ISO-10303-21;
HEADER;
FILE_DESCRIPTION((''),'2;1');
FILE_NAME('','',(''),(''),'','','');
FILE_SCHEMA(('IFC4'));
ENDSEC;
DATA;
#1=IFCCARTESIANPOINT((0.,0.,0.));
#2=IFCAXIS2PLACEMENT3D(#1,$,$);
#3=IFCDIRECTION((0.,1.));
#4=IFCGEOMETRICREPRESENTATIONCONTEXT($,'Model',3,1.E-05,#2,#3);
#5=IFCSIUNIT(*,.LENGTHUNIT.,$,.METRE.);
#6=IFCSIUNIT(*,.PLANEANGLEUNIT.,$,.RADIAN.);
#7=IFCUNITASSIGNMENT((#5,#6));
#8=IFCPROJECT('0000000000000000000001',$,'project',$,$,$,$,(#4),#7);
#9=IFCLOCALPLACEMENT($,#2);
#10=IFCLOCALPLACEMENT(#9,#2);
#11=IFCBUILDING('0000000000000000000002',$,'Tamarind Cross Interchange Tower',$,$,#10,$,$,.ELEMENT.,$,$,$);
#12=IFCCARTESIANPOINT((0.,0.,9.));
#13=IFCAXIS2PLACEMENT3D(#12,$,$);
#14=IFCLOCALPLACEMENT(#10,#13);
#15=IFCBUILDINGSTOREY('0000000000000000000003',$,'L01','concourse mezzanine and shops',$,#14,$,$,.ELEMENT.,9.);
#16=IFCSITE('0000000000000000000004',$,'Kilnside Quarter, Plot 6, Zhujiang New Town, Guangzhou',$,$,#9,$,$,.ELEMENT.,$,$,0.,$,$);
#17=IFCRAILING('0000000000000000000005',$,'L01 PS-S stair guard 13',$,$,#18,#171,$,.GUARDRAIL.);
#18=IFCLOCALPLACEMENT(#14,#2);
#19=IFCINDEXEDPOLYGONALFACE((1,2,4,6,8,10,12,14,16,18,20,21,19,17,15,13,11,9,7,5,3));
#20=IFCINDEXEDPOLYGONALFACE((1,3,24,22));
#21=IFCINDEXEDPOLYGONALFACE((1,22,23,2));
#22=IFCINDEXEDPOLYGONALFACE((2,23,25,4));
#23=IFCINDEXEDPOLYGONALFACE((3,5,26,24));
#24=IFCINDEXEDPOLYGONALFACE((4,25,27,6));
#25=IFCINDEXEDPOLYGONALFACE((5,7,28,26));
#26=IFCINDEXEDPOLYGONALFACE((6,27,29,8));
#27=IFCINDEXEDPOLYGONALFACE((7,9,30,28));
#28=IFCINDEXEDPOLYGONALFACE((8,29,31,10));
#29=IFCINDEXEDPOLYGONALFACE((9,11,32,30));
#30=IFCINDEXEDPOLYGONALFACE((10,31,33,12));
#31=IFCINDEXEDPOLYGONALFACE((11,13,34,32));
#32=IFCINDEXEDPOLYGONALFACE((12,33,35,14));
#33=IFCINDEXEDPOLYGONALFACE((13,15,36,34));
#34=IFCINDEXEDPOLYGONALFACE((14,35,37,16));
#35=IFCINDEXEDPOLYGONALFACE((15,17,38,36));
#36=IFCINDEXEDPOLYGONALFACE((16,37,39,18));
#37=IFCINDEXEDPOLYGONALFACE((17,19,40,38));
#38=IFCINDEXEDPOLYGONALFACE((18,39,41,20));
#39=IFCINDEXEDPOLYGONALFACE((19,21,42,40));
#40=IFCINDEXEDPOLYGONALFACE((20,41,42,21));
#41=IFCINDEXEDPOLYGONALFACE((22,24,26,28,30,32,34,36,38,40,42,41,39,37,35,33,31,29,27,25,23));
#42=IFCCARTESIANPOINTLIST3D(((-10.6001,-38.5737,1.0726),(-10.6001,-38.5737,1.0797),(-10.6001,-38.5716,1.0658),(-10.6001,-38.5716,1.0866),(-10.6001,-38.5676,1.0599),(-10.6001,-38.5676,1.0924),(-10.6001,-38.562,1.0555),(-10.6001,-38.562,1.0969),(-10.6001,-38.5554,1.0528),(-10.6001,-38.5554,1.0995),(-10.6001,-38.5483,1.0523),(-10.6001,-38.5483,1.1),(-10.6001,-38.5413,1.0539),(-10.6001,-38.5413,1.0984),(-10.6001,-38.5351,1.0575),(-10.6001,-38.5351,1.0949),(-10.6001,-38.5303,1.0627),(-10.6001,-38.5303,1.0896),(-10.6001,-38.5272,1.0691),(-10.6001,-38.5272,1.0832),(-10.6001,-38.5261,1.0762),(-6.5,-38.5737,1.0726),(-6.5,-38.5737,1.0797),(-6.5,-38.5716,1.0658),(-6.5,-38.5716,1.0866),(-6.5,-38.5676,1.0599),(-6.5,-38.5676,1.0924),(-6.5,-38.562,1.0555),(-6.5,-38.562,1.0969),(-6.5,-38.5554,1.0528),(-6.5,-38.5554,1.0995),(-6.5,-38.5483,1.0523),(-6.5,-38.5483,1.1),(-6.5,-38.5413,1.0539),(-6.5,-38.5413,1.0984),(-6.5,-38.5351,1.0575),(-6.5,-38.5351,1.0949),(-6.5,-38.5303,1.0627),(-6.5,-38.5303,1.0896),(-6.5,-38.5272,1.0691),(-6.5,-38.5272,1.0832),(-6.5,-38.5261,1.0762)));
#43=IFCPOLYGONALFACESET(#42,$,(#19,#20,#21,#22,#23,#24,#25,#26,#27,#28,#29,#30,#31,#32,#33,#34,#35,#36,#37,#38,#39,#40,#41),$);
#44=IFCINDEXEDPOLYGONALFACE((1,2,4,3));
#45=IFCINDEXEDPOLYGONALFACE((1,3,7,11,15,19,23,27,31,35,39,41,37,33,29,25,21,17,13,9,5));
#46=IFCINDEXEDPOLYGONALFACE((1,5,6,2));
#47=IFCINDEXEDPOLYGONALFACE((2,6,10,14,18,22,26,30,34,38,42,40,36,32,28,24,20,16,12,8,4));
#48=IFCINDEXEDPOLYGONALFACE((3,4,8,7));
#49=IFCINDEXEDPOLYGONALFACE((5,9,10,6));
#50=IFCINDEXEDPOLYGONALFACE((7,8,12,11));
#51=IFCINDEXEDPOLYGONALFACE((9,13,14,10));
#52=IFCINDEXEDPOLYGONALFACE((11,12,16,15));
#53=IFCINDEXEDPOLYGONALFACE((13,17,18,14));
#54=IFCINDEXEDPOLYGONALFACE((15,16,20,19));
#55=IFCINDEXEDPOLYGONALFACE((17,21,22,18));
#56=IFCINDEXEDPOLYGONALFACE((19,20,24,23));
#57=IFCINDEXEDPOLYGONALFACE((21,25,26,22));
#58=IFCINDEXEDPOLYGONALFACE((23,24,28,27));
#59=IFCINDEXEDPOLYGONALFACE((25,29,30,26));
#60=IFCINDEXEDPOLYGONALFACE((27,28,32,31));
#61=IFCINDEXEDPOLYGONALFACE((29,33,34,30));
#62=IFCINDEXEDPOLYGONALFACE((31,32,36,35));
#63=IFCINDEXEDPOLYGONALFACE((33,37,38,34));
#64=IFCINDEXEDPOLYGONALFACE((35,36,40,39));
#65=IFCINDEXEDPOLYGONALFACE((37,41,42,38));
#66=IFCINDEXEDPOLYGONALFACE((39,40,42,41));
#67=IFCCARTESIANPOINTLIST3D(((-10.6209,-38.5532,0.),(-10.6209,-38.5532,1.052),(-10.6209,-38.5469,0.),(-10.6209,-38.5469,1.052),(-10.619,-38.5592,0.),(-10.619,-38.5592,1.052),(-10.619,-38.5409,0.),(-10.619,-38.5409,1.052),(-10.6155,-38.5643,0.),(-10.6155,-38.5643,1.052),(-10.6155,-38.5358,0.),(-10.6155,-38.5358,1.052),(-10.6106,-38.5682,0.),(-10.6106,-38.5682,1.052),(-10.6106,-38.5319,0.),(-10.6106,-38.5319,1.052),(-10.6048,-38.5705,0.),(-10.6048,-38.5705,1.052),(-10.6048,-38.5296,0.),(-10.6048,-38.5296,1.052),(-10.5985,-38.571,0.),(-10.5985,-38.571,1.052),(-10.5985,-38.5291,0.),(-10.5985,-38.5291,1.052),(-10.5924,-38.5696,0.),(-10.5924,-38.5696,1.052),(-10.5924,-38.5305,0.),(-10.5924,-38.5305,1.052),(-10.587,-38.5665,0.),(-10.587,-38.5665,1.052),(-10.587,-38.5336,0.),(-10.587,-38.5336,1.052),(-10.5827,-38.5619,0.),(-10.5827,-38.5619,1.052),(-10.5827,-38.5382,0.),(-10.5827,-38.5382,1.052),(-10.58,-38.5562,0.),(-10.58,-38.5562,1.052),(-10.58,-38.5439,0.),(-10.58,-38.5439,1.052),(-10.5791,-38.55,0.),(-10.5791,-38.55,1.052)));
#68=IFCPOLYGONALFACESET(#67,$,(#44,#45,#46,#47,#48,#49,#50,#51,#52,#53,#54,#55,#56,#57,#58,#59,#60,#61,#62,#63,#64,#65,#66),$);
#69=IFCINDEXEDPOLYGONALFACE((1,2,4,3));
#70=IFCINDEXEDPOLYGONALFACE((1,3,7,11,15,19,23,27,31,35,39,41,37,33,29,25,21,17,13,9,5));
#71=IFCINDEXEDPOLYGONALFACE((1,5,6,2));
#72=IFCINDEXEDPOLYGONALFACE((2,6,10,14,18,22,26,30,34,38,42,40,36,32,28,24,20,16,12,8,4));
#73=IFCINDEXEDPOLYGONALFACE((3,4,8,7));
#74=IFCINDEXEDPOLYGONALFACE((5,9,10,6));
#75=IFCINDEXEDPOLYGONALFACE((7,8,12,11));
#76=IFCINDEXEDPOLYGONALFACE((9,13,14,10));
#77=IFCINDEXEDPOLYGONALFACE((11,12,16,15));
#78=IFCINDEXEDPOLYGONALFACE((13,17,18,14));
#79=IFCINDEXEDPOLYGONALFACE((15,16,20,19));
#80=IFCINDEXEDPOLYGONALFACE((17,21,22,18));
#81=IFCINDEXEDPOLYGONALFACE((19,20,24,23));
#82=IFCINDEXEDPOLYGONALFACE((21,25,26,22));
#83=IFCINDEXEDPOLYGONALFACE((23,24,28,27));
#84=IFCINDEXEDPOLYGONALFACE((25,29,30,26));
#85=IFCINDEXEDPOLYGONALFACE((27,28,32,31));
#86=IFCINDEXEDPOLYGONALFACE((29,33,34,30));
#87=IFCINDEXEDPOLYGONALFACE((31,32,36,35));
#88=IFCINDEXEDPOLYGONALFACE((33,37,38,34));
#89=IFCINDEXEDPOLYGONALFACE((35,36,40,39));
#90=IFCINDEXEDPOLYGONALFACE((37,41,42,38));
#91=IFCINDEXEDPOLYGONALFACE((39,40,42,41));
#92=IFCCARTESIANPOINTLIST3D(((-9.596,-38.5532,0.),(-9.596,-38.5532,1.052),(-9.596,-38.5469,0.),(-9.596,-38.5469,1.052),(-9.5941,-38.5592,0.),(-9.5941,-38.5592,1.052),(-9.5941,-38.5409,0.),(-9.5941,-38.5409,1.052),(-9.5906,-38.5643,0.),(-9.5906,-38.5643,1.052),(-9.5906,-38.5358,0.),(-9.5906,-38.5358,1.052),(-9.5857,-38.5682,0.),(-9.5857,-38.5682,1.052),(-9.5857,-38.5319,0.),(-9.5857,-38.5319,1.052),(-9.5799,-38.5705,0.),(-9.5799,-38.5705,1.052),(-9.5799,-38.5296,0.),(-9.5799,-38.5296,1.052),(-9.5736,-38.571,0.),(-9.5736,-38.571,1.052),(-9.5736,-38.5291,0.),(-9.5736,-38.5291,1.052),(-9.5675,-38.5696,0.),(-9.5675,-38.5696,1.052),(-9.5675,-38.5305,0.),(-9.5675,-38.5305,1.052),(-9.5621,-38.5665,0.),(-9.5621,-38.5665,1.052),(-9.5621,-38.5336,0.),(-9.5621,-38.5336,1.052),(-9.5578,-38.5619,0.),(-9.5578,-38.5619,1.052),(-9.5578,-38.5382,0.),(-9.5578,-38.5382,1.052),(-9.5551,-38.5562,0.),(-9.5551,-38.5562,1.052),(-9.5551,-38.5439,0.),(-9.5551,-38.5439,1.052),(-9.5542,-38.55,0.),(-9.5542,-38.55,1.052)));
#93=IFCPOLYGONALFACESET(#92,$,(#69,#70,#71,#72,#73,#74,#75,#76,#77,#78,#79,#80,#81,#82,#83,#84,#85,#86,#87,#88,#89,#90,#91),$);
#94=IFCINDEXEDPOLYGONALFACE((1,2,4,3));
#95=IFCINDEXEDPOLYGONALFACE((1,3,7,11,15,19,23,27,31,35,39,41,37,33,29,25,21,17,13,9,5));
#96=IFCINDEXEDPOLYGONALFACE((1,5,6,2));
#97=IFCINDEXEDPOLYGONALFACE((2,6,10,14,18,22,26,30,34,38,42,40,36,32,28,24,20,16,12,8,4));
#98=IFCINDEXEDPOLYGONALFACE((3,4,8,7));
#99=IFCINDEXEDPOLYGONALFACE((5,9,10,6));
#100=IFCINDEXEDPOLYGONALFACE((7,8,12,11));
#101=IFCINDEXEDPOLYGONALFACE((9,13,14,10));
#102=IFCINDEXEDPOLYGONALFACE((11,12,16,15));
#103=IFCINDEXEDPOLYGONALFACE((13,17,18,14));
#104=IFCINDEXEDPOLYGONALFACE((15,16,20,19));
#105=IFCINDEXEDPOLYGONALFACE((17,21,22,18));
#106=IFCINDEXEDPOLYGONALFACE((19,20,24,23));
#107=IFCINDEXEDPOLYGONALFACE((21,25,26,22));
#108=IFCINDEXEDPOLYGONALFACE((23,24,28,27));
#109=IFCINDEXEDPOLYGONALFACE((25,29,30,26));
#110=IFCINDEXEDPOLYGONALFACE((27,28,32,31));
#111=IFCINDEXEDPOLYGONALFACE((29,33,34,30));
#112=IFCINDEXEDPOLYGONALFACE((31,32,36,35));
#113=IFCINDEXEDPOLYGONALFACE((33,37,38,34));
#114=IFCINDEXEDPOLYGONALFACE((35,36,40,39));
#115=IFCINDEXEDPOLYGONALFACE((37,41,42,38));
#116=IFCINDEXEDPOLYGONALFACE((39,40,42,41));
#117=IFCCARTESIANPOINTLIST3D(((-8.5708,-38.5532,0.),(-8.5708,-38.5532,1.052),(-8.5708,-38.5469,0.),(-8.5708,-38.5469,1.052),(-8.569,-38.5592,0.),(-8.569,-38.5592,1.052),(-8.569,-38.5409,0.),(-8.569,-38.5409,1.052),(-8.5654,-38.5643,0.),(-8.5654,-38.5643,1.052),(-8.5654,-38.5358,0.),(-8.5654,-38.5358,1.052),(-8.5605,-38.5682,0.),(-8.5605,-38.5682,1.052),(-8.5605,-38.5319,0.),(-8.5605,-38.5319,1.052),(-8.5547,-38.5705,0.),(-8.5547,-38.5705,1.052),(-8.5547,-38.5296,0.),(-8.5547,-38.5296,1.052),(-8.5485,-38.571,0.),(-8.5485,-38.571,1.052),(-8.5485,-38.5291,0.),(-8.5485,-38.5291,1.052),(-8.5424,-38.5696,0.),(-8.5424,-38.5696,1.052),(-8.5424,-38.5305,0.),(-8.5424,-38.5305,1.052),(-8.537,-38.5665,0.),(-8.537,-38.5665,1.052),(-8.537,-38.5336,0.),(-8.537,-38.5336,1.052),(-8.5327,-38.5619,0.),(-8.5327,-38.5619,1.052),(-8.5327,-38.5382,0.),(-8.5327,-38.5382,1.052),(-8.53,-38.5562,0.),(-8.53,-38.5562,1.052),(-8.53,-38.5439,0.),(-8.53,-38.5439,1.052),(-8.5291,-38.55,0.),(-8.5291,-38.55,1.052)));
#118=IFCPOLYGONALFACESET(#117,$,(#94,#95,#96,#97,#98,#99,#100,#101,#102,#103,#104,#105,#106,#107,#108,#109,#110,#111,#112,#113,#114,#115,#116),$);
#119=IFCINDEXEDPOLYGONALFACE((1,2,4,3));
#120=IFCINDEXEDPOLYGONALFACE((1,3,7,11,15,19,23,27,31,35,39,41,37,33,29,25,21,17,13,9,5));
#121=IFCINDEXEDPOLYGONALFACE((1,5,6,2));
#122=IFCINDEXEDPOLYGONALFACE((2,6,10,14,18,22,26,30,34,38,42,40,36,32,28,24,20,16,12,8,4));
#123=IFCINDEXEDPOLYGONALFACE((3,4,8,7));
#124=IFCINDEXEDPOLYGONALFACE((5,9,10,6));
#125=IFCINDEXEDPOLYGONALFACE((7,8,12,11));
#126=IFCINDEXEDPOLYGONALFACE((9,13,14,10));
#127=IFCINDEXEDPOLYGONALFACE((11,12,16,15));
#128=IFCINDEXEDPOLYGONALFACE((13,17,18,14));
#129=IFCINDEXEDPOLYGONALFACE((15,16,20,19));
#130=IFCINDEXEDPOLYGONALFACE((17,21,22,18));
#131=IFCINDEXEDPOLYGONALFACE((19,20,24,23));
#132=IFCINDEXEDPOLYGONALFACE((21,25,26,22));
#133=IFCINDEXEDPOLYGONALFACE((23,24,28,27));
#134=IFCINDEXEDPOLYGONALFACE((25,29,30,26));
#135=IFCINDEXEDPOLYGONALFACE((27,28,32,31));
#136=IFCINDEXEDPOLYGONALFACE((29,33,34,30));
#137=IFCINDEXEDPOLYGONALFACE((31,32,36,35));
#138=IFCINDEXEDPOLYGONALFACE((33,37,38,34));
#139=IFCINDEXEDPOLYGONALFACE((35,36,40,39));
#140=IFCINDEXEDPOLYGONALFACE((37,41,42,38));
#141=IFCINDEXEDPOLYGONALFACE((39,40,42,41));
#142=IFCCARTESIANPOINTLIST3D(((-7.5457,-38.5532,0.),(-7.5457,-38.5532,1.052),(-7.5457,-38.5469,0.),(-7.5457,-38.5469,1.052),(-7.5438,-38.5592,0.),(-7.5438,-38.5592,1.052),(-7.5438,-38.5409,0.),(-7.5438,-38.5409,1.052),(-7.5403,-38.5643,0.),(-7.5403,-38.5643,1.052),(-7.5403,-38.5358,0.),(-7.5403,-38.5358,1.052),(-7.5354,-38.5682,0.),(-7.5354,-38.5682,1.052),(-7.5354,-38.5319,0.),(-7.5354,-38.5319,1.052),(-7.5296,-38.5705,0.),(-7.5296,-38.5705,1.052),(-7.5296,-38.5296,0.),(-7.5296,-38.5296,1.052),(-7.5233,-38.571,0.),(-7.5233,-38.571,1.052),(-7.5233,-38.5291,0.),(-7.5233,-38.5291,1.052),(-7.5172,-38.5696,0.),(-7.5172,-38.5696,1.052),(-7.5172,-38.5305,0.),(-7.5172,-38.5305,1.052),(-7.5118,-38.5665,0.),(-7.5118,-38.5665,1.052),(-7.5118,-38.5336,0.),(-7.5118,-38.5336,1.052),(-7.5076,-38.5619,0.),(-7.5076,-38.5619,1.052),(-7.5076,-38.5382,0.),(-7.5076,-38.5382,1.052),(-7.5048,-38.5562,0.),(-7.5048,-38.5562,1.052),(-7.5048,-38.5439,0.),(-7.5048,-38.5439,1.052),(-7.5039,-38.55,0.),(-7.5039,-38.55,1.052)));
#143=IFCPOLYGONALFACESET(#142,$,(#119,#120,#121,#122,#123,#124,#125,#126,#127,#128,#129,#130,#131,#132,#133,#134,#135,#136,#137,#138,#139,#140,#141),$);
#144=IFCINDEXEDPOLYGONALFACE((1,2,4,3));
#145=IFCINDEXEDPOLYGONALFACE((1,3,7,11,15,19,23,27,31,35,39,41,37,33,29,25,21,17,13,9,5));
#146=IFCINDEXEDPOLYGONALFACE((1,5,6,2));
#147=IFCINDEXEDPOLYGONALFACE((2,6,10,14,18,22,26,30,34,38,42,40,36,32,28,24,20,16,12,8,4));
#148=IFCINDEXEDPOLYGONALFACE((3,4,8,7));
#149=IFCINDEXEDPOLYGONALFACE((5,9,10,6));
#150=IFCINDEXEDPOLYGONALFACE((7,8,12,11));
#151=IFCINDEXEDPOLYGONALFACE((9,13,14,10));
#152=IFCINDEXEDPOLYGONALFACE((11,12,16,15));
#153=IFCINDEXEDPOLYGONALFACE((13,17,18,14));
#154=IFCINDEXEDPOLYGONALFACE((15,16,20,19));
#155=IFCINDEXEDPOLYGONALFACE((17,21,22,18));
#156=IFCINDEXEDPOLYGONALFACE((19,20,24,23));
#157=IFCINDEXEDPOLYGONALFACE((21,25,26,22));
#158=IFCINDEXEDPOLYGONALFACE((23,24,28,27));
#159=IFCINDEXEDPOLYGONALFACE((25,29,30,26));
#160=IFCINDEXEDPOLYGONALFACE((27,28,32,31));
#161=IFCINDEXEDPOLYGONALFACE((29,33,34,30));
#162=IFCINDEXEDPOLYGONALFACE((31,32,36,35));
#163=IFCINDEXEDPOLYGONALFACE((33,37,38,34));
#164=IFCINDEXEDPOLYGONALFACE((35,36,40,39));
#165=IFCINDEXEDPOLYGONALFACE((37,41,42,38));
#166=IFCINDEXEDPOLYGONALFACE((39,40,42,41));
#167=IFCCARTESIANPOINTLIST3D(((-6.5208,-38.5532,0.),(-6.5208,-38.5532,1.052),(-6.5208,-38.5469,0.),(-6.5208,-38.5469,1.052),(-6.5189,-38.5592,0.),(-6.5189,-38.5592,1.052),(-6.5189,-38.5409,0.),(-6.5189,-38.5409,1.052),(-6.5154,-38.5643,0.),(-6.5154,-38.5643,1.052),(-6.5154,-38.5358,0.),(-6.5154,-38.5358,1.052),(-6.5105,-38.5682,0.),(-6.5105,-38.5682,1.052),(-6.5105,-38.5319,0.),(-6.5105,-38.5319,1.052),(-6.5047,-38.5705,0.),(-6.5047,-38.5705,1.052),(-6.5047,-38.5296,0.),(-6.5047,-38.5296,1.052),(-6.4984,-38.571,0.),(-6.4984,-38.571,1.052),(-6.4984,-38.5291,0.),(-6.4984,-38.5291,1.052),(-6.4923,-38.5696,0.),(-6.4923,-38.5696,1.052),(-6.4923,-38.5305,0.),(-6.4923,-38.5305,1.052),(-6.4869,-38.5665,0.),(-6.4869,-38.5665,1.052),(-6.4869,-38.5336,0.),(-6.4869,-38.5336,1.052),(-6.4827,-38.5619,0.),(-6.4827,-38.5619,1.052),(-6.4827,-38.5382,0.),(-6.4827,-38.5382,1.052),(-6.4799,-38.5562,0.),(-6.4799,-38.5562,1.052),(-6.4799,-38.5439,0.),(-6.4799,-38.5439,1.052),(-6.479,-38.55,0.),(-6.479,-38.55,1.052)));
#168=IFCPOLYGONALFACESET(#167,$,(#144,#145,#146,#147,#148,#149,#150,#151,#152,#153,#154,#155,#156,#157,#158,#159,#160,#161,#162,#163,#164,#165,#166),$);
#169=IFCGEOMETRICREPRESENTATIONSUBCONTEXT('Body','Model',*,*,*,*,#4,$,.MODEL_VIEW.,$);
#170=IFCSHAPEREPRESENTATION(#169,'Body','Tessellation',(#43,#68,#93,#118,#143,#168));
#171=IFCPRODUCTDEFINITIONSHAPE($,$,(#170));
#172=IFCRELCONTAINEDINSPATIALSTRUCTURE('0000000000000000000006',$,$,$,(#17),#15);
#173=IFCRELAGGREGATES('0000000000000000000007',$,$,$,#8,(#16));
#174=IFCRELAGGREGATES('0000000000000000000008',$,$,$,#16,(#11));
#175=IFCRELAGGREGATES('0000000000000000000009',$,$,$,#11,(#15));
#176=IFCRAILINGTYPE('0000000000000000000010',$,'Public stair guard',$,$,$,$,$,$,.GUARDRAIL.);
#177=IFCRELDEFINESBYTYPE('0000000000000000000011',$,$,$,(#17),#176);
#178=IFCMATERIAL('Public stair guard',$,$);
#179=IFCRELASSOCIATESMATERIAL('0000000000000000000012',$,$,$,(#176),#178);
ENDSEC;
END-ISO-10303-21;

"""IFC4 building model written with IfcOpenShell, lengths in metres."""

from ifc_helpers import new_model, si_unit, direction, frame, origin, origin_2d, place, context, subcontext, project, spatial, circle, extrude, material, type_object, element, save


model = new_model("IFC4")

# Units and contexts
model_context = context("Model", 3, precision=1e-05, world=origin(), true_north=direction((0.0, 1.0)))
body_context = subcontext(model_context, "Body", "Model", "MODEL_VIEW")
ifc_project = project(units=[si_unit("LENGTHUNIT", "METRE"), si_unit("PLANEANGLEUNIT", "RADIAN")], contexts=[model_context])

# Site, building, storey
site_placement = place(None, origin())
site = spatial("IfcSite", under=ifc_project, at=site_placement, Name="Kilnside Quarter, Plot 6, Zhujiang New Town, Guangzhou", CompositionType="ELEMENT", RefElevation=0.0)
building_placement = place(site_placement, origin())
building = spatial("IfcBuilding", under=site, at=building_placement, Name="Tamarind Cross Interchange Tower", CompositionType="ELEMENT")
storey_placement = place(building_placement, frame((0.0, 0.0, 9.0)))
storey = spatial("IfcBuildingStorey", under=building, at=storey_placement, Name="L01", Description="concourse mezzanine and shops", CompositionType="ELEMENT", Elevation=9.0)

# Railing
ifc_material_1 = material(Name="Public stair guard")
railing_type_1 = type_object("IfcRailingType", Name="Public stair guard", PredefinedType="GUARDRAIL", material=ifc_material_1)
railing_1_placement = place(storey_placement, frame((-10.6001, -38.55, 0.0)))
element("IfcRailing", 1, at=railing_1_placement, inside=storey, type_object=railing_type_1, Name="L01 PS-S stair guard 13", PredefinedType="GUARDRAIL", context=body_context, shape_type="SweptSolid", body=[
    extrude(circle(Radius=0.0239, at=origin_2d()), frame((0.0, 0.0, 1.0762), z_axis=(1.0, 0.0, 0.0), x_axis=(0.0, 1.0, 0.0)), (0.0, 0.0, 1.0), 4.1001),
    extrude(circle(Radius=0.021, at=origin_2d()), origin(), (0.0, 0.0, 1.0), 1.052),
    extrude(circle(Radius=0.021, at=origin_2d()), frame((1.0249, 0.0, 0.0)), (0.0, 0.0, 1.0), 1.052),
    extrude(circle(Radius=0.021, at=origin_2d()), frame((2.05, 0.0, 0.0)), (0.0, 0.0, 1.0), 1.052),
    extrude(circle(Radius=0.021, at=origin_2d()), frame((3.0752, 0.0, 0.0)), (0.0, 0.0, 1.0), 1.052),
    extrude(circle(Radius=0.021, at=origin_2d()), frame((4.1001, 0.0, 0.0)), (0.0, 0.0, 1.0), 1.052),
])

save(model, "model.ifc")
